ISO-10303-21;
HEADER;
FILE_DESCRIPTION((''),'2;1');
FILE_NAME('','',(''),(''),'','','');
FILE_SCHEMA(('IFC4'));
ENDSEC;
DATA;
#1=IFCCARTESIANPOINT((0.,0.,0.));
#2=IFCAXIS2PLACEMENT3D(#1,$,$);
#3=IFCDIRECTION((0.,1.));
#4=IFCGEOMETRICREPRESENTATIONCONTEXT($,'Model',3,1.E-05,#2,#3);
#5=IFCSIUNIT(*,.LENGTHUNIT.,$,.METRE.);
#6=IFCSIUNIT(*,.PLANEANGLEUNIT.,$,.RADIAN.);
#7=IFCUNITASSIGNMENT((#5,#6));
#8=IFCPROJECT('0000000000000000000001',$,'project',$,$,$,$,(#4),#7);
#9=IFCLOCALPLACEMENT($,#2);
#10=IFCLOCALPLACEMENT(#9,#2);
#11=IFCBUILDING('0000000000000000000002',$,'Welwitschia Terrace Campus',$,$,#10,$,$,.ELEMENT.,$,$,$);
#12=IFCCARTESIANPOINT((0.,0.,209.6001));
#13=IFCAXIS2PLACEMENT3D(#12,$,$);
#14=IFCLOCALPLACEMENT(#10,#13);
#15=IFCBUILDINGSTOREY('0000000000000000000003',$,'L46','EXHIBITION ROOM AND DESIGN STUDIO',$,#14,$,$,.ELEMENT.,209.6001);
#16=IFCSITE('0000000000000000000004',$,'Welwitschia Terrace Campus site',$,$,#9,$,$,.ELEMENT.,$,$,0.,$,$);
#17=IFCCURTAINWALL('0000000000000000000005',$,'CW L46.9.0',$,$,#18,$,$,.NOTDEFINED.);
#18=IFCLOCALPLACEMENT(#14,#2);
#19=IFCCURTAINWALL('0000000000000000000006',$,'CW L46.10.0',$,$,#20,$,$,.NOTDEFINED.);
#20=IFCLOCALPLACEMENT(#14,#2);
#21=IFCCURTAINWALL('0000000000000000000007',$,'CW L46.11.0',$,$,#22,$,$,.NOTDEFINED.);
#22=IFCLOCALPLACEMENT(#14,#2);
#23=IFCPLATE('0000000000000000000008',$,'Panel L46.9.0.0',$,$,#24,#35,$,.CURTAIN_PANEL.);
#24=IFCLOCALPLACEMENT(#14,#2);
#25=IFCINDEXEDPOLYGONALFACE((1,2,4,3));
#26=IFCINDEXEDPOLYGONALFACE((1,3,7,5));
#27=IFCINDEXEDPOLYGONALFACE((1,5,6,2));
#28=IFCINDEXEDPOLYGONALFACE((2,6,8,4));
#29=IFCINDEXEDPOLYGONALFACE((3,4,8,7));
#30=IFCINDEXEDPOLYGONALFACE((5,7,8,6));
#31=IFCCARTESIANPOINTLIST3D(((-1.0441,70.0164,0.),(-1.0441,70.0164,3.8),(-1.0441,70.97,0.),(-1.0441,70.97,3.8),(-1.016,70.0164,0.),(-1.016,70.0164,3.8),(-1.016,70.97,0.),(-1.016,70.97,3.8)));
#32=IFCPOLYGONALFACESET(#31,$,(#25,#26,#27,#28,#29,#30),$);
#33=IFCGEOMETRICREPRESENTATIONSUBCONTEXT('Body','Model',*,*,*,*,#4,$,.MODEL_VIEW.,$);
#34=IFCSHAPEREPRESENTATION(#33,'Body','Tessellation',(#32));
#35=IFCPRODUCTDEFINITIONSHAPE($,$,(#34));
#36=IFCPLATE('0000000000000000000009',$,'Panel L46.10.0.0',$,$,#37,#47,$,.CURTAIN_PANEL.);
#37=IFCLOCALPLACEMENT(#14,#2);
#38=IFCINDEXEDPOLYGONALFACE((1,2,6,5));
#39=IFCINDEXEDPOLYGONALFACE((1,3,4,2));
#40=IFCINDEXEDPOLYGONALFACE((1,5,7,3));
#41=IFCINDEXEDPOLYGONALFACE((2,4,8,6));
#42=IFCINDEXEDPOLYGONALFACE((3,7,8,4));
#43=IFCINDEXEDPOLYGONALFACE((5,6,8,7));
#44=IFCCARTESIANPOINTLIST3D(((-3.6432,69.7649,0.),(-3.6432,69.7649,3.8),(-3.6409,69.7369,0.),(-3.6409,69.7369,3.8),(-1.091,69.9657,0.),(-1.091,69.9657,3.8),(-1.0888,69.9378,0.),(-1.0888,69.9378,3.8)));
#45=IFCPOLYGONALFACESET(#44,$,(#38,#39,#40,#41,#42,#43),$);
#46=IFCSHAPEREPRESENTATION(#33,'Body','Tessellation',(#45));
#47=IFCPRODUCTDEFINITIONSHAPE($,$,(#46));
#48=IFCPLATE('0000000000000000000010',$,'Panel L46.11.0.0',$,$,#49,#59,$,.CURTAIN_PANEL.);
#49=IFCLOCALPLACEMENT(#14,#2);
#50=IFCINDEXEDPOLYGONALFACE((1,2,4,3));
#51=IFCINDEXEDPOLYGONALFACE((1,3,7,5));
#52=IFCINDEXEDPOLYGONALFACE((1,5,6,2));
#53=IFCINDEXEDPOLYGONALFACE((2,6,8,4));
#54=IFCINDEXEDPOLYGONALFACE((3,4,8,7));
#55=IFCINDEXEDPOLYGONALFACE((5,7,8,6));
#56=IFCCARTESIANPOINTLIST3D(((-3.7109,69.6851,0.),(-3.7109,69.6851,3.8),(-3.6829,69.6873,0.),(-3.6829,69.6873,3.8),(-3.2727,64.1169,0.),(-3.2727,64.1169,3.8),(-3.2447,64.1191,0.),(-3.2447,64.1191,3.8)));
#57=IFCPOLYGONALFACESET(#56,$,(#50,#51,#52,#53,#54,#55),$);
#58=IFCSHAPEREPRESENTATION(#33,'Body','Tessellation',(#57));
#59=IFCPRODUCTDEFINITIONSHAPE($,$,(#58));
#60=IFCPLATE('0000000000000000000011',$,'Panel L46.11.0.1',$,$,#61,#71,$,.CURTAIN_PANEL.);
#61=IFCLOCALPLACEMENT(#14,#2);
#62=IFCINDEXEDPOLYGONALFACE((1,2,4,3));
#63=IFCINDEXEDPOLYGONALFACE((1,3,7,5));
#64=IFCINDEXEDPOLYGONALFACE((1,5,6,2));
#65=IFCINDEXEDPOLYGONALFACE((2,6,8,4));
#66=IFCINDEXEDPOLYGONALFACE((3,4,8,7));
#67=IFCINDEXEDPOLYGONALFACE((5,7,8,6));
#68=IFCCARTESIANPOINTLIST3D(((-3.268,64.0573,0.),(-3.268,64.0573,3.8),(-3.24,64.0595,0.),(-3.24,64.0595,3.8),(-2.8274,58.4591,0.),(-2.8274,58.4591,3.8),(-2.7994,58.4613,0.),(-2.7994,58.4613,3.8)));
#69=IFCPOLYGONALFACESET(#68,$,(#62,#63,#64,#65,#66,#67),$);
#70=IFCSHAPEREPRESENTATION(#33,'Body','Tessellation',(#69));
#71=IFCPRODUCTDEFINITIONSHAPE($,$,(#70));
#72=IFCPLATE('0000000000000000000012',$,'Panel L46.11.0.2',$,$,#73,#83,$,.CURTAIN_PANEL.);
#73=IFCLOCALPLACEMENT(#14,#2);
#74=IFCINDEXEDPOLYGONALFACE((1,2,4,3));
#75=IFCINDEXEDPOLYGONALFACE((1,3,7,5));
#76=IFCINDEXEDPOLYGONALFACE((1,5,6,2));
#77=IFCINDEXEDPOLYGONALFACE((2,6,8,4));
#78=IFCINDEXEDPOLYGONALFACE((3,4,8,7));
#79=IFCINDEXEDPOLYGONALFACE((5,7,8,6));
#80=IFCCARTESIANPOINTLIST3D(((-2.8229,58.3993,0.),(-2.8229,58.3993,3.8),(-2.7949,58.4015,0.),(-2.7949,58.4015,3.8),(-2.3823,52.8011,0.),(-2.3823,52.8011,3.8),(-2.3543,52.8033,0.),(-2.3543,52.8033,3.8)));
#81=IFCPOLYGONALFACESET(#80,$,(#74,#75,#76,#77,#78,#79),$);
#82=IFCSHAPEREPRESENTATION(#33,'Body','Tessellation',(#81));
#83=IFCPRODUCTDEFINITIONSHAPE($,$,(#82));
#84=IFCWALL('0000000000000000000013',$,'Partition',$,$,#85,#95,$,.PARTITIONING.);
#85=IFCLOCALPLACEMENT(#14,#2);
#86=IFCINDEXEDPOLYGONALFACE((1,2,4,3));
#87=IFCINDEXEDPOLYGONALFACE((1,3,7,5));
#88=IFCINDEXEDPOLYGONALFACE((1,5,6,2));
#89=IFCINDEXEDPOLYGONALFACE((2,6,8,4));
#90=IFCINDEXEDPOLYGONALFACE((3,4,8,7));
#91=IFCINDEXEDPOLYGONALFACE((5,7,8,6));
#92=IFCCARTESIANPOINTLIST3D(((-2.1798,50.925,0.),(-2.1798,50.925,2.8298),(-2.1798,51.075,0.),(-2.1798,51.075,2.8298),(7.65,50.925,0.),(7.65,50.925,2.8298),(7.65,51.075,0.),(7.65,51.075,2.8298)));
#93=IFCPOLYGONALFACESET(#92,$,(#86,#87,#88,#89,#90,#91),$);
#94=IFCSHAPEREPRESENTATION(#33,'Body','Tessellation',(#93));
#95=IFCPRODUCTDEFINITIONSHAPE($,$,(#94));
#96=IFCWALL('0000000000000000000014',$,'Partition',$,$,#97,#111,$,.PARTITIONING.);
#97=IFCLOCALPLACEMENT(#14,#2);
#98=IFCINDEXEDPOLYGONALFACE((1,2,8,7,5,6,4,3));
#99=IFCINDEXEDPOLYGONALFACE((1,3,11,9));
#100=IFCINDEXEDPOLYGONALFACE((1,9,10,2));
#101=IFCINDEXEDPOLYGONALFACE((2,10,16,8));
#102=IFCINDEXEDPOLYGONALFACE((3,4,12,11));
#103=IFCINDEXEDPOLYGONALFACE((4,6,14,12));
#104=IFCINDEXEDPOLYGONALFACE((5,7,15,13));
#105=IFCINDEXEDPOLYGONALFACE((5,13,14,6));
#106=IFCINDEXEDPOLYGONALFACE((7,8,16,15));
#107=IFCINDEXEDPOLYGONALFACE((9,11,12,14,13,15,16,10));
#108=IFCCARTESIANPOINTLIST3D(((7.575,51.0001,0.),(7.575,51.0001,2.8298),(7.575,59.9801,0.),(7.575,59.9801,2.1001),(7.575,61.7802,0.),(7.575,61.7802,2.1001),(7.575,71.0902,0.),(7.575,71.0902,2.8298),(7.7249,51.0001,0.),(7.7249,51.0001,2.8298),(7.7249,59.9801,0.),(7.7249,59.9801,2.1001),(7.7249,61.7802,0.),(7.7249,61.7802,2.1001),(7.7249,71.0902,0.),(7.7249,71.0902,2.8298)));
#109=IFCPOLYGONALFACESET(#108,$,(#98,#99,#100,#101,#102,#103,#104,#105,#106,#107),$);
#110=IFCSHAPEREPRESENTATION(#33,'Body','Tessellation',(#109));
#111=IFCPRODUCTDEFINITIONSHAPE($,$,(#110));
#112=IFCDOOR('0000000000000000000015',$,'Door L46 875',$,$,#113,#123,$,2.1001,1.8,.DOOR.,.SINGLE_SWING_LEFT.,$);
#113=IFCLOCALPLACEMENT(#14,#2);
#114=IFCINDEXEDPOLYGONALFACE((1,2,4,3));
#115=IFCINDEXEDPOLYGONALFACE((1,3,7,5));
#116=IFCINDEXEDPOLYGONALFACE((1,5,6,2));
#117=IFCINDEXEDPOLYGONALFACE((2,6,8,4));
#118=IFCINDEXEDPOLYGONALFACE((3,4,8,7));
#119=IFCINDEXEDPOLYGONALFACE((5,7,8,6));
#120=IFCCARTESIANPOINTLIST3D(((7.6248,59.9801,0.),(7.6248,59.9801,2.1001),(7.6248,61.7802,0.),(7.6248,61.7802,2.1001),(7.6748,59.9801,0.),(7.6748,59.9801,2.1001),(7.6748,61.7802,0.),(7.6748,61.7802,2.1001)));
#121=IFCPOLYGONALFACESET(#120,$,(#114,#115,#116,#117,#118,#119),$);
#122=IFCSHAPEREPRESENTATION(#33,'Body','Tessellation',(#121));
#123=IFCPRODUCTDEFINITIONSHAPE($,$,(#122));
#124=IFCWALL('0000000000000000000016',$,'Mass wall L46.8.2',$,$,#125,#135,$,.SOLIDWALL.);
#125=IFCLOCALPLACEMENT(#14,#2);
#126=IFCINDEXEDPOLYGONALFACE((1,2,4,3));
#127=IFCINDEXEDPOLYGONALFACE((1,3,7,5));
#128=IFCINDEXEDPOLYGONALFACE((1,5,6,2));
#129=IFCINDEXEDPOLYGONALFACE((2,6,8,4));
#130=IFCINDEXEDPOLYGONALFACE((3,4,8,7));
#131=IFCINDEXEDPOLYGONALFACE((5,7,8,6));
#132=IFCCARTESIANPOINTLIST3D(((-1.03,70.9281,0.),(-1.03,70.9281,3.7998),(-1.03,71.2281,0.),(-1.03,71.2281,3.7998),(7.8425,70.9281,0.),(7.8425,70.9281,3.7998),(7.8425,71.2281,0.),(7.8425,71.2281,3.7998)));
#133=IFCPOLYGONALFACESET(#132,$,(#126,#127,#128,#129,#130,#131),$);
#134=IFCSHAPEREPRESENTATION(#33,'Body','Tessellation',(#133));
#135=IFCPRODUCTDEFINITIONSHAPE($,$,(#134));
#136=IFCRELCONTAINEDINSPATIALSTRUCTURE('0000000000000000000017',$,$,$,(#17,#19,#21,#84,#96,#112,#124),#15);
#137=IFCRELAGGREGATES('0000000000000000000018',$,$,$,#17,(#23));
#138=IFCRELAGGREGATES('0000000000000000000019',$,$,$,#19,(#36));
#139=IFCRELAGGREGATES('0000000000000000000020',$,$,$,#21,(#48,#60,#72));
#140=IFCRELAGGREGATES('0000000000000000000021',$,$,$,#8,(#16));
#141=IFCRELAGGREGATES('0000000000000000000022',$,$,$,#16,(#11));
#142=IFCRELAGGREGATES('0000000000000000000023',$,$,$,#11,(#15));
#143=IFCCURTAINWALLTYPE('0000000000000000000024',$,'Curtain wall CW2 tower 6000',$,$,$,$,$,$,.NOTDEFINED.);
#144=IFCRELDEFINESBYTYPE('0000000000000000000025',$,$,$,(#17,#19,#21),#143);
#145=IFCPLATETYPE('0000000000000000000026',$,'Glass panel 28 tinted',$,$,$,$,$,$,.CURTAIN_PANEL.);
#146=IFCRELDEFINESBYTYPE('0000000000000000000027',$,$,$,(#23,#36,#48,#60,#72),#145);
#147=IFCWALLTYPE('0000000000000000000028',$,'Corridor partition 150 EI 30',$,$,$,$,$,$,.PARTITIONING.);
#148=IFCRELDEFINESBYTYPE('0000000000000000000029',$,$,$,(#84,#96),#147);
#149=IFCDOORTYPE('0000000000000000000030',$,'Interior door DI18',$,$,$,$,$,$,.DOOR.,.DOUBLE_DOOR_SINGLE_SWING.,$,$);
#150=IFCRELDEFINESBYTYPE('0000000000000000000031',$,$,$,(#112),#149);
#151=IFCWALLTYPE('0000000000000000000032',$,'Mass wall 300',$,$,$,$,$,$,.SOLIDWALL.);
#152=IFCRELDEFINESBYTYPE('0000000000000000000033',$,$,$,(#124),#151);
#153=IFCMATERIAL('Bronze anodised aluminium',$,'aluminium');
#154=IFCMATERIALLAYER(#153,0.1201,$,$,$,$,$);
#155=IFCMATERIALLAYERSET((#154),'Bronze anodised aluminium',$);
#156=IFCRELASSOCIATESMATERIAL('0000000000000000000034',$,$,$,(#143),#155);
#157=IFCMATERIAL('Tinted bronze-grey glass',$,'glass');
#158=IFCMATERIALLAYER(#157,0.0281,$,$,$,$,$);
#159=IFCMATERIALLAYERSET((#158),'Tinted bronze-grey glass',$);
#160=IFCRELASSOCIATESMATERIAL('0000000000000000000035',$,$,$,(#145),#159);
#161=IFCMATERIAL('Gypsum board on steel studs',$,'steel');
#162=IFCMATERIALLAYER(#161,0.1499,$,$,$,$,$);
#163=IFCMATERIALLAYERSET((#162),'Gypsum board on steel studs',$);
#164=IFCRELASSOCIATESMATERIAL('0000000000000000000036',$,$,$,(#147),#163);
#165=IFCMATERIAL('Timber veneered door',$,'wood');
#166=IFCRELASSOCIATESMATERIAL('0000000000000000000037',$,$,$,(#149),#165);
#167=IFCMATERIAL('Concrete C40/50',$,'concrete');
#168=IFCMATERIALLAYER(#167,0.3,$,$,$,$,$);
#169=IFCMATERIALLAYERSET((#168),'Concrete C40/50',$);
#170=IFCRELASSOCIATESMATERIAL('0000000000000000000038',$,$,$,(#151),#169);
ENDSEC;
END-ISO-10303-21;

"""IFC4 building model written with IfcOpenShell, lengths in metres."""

from ifc_helpers import new_model, si_unit, direction, frame, frame_2d, origin, origin_2d, place, context, subcontext, project, spatial, rectangle, extrude, material, layer, layer_set, type_object, element, fill, aggregate, save


model = new_model("IFC4")

# Units and contexts
model_context = context("Model", 3, precision=1e-05, world=origin(), true_north=direction((0.0, 1.0)))
body_context = subcontext(model_context, "Body", "Model", "MODEL_VIEW")
ifc_project = project(units=[si_unit("LENGTHUNIT", "METRE"), si_unit("PLANEANGLEUNIT", "RADIAN")], contexts=[model_context])

# Site, building, storey
site_placement = place(None, origin())
site = spatial("IfcSite", under=ifc_project, at=site_placement, Name="Welwitschia Terrace Campus site", CompositionType="ELEMENT", RefElevation=0.0)
building_placement = place(site_placement, origin())
building = spatial("IfcBuilding", under=site, at=building_placement, Name="Welwitschia Terrace Campus", CompositionType="ELEMENT")
storey_placement = place(building_placement, frame((0.0, 0.0, 209.6001)))
storey = spatial("IfcBuildingStorey", under=building, at=storey_placement, Name="L46", Description="EXHIBITION ROOM AND DESIGN STUDIO", CompositionType="ELEMENT", Elevation=209.6001)

# Shared definitions
ifc_material_1 = material(Name="Bronze anodised aluminium", Category="aluminium")
ifc_layer_1 = layer(ifc_material_1, 0.1201)
ifc_layer_set_1 = layer_set([ifc_layer_1], Name="Bronze anodised aluminium")
curtain_wall_type = type_object("IfcCurtainWallType", Name="Curtain wall CW2 tower 6000", PredefinedType="NOTDEFINED", material=ifc_layer_set_1)

# Curtain walls
curtain_wall_1_placement = place(storey_placement, origin())
curtain_wall_1 = element("IfcCurtainWall", 1, at=curtain_wall_1_placement, inside=storey, type_object=curtain_wall_type, Name="CW L46.9.0", PredefinedType="NOTDEFINED")
curtain_wall_2_placement = place(storey_placement, origin())
curtain_wall_2 = element("IfcCurtainWall", 2, at=curtain_wall_2_placement, inside=storey, type_object=curtain_wall_type, Name="CW L46.10.0", PredefinedType="NOTDEFINED")
curtain_wall_3_placement = place(storey_placement, origin())
curtain_wall_3 = element("IfcCurtainWall", 3, at=curtain_wall_3_placement, inside=storey, type_object=curtain_wall_type, Name="CW L46.11.0", PredefinedType="NOTDEFINED")

# Plates
ifc_material_2 = material(Name="Tinted bronze-grey glass", Category="glass")
ifc_layer_2 = layer(ifc_material_2, 0.0281)
ifc_layer_set_2 = layer_set([ifc_layer_2], Name="Tinted bronze-grey glass")
plate_type = type_object("IfcPlateType", Name="Glass panel 28 tinted", PredefinedType="CURTAIN_PANEL", material=ifc_layer_set_2)
plate_1_placement = place(storey_placement, frame((-1.03, 70.4932, 0.0), z_axis=(0.0, 0.0, 1.0), x_axis=(0.0, -1.0, 0.0)))
plate_1 = element("IfcPlate", 4, at=plate_1_placement, type_object=plate_type, Name="Panel L46.9.0.0", PredefinedType="CURTAIN_PANEL", context=body_context, shape_type="SweptSolid", body=[
    extrude(rectangle(XDim=0.9536, YDim=0.0281, at=origin_2d()), origin(), (0.0, 0.0, 1.0), 3.8),
])
aggregate(curtain_wall_1, [plate_1])
plate_2_placement = place(storey_placement, frame((-2.366, 69.8513, 0.0), z_axis=(0.0, 0.0, 1.0), x_axis=(-0.996917, -0.078459, 0.0)))
plate_2 = element("IfcPlate", 5, at=plate_2_placement, type_object=plate_type, Name="Panel L46.10.0.0", PredefinedType="CURTAIN_PANEL", context=body_context, shape_type="SweptSolid", body=[
    extrude(rectangle(XDim=2.5601, YDim=0.0281, at=origin_2d()), origin(), (0.0, 0.0, 1.0), 3.8),
])
aggregate(curtain_wall_2, [plate_2])
plate_3_placement = place(storey_placement, frame((-3.4778, 66.9021, 0.0), z_axis=(0.0, 0.0, 1.0), x_axis=(0.078459, -0.996917, 0.0)))
plate_3 = element("IfcPlate", 6, at=plate_3_placement, type_object=plate_type, Name="Panel L46.11.0.0", PredefinedType="CURTAIN_PANEL", context=body_context, shape_type="SweptSolid", body=[
    extrude(rectangle(XDim=5.5854, YDim=0.0281, at=origin_2d()), origin(), (0.0, 0.0, 1.0), 3.8),
])
plate_4_placement = place(storey_placement, frame((-3.0337, 61.2593, 0.0), z_axis=(0.0, 0.0, 1.0), x_axis=(0.078459, -0.996917, 0.0)))
plate_4 = element("IfcPlate", 7, at=plate_4_placement, type_object=plate_type, Name="Panel L46.11.0.1", PredefinedType="CURTAIN_PANEL", context=body_context, shape_type="SweptSolid", body=[
    extrude(rectangle(XDim=5.6155, YDim=0.0281, at=origin_2d()), origin(), (0.0, 0.0, 1.0), 3.8),
])
plate_5_placement = place(storey_placement, frame((-2.5886, 55.6013, 0.0), z_axis=(0.0, 0.0, 1.0), x_axis=(0.078459, -0.996917, 0.0)))
plate_5 = element("IfcPlate", 8, at=plate_5_placement, type_object=plate_type, Name="Panel L46.11.0.2", PredefinedType="CURTAIN_PANEL", context=body_context, shape_type="SweptSolid", body=[
    extrude(rectangle(XDim=5.6155, YDim=0.0281, at=origin_2d()), origin(), (0.0, 0.0, 1.0), 3.8),
])
aggregate(curtain_wall_3, [plate_3, plate_4, plate_5])

# Wall
ifc_material_3 = material(Name="Gypsum board on steel studs", Category="steel")
ifc_layer_3 = layer(ifc_material_3, 0.1499)
ifc_layer_set_3 = layer_set([ifc_layer_3], Name="Gypsum board on steel studs")
wall_type_1 = type_object("IfcWallType", Name="Corridor partition 150 EI 30", PredefinedType="PARTITIONING", material=ifc_layer_set_3)
wall_1_placement = place(storey_placement, frame((-2.1799, 51.0, 0.0), z_axis=(0.0, 0.0, 1.0), x_axis=(1.0, 0.0, 0.0)))
element("IfcWall", 9, at=wall_1_placement, inside=storey, type_object=wall_type_1, Name="Partition", PredefinedType="PARTITIONING", context=body_context, shape_type="SweptSolid", body=[
    extrude(rectangle(XDim=9.8298, YDim=0.1499, at=frame_2d((4.915, 0.0))), origin(), (0.0, 0.0, 1.0), 2.8298),
])

# Wall, opening, door
wall_2_placement = place(storey_placement, frame((7.6499, 71.0901, 0.0), z_axis=(0.0, 0.0, 1.0), x_axis=(0.0, -1.0, 0.0)))
wall_2 = element("IfcWall", 10, at=wall_2_placement, inside=storey, type_object=wall_type_1, Name="Partition", PredefinedType="PARTITIONING", context=body_context, shape_type="SweptSolid", body=[
    extrude(rectangle(XDim=20.0901, YDim=0.1499, at=frame_2d((10.0449, 0.0))), origin(), (0.0, 0.0, 1.0), 2.8298),
])
opening_placement = place(wall_2_placement, frame((9.3101, 0.0, 0.0)))
opening = element("IfcOpeningElement", 11, at=opening_placement, cuts=wall_2, PredefinedType="OPENING", context=body_context, shape_type="SweptSolid", body=[
    extrude(rectangle(XDim=1.8, YDim=2.1001, at=frame_2d((0.8999, 1.05))), frame((0.0, 0.085, 0.0), z_axis=(0.0, -1.0, 0.0), x_axis=(1.0, 0.0, 0.0)), (0.0, 0.0, 1.0), 0.1699),
])
ifc_material_4 = material(Name="Timber veneered door", Category="wood")
door_type = type_object("IfcDoorType", Name="Interior door DI18", OperationType="DOUBLE_DOOR_SINGLE_SWING", PredefinedType="DOOR", material=ifc_material_4)
door_placement = place(opening_placement, origin())
door = element("IfcDoor", 12, at=door_placement, inside=storey, type_object=door_type, Name="Door L46 875", OperationType="SINGLE_SWING_LEFT", OverallHeight=2.1001, OverallWidth=1.8, PredefinedType="DOOR", context=body_context, shape_type="SweptSolid", body=[
    extrude(rectangle(XDim=1.8, YDim=2.1001, at=frame_2d((0.8999, 1.05))), frame((0.0, 0.0249, 0.0), z_axis=(0.0, -1.0, 0.0), x_axis=(1.0, 0.0, 0.0)), (0.0, 0.0, 1.0), 0.05),
])
fill(opening, door)

# Wall
ifc_material_5 = material(Name="Concrete C40/50", Category="concrete")
ifc_layer_4 = layer(ifc_material_5, 0.3)
ifc_layer_set_4 = layer_set([ifc_layer_4], Name="Concrete C40/50")
wall_type_2 = type_object("IfcWallType", Name="Mass wall 300", PredefinedType="SOLIDWALL", material=ifc_layer_set_4)
wall_3_placement = place(storey_placement, frame((7.8425, 71.0781, 0.0), z_axis=(0.0, 0.0, 1.0), x_axis=(-1.0, 0.0, 0.0)))
element("IfcWall", 13, at=wall_3_placement, inside=storey, type_object=wall_type_2, Name="Mass wall L46.8.2", PredefinedType="SOLIDWALL", context=body_context, shape_type="SweptSolid", body=[
    extrude(rectangle(XDim=8.8726, YDim=0.3, at=frame_2d((4.4363, 0.0))), origin(), (0.0, 0.0, 1.0), 3.7998),
])

save(model, "model.ifc")
